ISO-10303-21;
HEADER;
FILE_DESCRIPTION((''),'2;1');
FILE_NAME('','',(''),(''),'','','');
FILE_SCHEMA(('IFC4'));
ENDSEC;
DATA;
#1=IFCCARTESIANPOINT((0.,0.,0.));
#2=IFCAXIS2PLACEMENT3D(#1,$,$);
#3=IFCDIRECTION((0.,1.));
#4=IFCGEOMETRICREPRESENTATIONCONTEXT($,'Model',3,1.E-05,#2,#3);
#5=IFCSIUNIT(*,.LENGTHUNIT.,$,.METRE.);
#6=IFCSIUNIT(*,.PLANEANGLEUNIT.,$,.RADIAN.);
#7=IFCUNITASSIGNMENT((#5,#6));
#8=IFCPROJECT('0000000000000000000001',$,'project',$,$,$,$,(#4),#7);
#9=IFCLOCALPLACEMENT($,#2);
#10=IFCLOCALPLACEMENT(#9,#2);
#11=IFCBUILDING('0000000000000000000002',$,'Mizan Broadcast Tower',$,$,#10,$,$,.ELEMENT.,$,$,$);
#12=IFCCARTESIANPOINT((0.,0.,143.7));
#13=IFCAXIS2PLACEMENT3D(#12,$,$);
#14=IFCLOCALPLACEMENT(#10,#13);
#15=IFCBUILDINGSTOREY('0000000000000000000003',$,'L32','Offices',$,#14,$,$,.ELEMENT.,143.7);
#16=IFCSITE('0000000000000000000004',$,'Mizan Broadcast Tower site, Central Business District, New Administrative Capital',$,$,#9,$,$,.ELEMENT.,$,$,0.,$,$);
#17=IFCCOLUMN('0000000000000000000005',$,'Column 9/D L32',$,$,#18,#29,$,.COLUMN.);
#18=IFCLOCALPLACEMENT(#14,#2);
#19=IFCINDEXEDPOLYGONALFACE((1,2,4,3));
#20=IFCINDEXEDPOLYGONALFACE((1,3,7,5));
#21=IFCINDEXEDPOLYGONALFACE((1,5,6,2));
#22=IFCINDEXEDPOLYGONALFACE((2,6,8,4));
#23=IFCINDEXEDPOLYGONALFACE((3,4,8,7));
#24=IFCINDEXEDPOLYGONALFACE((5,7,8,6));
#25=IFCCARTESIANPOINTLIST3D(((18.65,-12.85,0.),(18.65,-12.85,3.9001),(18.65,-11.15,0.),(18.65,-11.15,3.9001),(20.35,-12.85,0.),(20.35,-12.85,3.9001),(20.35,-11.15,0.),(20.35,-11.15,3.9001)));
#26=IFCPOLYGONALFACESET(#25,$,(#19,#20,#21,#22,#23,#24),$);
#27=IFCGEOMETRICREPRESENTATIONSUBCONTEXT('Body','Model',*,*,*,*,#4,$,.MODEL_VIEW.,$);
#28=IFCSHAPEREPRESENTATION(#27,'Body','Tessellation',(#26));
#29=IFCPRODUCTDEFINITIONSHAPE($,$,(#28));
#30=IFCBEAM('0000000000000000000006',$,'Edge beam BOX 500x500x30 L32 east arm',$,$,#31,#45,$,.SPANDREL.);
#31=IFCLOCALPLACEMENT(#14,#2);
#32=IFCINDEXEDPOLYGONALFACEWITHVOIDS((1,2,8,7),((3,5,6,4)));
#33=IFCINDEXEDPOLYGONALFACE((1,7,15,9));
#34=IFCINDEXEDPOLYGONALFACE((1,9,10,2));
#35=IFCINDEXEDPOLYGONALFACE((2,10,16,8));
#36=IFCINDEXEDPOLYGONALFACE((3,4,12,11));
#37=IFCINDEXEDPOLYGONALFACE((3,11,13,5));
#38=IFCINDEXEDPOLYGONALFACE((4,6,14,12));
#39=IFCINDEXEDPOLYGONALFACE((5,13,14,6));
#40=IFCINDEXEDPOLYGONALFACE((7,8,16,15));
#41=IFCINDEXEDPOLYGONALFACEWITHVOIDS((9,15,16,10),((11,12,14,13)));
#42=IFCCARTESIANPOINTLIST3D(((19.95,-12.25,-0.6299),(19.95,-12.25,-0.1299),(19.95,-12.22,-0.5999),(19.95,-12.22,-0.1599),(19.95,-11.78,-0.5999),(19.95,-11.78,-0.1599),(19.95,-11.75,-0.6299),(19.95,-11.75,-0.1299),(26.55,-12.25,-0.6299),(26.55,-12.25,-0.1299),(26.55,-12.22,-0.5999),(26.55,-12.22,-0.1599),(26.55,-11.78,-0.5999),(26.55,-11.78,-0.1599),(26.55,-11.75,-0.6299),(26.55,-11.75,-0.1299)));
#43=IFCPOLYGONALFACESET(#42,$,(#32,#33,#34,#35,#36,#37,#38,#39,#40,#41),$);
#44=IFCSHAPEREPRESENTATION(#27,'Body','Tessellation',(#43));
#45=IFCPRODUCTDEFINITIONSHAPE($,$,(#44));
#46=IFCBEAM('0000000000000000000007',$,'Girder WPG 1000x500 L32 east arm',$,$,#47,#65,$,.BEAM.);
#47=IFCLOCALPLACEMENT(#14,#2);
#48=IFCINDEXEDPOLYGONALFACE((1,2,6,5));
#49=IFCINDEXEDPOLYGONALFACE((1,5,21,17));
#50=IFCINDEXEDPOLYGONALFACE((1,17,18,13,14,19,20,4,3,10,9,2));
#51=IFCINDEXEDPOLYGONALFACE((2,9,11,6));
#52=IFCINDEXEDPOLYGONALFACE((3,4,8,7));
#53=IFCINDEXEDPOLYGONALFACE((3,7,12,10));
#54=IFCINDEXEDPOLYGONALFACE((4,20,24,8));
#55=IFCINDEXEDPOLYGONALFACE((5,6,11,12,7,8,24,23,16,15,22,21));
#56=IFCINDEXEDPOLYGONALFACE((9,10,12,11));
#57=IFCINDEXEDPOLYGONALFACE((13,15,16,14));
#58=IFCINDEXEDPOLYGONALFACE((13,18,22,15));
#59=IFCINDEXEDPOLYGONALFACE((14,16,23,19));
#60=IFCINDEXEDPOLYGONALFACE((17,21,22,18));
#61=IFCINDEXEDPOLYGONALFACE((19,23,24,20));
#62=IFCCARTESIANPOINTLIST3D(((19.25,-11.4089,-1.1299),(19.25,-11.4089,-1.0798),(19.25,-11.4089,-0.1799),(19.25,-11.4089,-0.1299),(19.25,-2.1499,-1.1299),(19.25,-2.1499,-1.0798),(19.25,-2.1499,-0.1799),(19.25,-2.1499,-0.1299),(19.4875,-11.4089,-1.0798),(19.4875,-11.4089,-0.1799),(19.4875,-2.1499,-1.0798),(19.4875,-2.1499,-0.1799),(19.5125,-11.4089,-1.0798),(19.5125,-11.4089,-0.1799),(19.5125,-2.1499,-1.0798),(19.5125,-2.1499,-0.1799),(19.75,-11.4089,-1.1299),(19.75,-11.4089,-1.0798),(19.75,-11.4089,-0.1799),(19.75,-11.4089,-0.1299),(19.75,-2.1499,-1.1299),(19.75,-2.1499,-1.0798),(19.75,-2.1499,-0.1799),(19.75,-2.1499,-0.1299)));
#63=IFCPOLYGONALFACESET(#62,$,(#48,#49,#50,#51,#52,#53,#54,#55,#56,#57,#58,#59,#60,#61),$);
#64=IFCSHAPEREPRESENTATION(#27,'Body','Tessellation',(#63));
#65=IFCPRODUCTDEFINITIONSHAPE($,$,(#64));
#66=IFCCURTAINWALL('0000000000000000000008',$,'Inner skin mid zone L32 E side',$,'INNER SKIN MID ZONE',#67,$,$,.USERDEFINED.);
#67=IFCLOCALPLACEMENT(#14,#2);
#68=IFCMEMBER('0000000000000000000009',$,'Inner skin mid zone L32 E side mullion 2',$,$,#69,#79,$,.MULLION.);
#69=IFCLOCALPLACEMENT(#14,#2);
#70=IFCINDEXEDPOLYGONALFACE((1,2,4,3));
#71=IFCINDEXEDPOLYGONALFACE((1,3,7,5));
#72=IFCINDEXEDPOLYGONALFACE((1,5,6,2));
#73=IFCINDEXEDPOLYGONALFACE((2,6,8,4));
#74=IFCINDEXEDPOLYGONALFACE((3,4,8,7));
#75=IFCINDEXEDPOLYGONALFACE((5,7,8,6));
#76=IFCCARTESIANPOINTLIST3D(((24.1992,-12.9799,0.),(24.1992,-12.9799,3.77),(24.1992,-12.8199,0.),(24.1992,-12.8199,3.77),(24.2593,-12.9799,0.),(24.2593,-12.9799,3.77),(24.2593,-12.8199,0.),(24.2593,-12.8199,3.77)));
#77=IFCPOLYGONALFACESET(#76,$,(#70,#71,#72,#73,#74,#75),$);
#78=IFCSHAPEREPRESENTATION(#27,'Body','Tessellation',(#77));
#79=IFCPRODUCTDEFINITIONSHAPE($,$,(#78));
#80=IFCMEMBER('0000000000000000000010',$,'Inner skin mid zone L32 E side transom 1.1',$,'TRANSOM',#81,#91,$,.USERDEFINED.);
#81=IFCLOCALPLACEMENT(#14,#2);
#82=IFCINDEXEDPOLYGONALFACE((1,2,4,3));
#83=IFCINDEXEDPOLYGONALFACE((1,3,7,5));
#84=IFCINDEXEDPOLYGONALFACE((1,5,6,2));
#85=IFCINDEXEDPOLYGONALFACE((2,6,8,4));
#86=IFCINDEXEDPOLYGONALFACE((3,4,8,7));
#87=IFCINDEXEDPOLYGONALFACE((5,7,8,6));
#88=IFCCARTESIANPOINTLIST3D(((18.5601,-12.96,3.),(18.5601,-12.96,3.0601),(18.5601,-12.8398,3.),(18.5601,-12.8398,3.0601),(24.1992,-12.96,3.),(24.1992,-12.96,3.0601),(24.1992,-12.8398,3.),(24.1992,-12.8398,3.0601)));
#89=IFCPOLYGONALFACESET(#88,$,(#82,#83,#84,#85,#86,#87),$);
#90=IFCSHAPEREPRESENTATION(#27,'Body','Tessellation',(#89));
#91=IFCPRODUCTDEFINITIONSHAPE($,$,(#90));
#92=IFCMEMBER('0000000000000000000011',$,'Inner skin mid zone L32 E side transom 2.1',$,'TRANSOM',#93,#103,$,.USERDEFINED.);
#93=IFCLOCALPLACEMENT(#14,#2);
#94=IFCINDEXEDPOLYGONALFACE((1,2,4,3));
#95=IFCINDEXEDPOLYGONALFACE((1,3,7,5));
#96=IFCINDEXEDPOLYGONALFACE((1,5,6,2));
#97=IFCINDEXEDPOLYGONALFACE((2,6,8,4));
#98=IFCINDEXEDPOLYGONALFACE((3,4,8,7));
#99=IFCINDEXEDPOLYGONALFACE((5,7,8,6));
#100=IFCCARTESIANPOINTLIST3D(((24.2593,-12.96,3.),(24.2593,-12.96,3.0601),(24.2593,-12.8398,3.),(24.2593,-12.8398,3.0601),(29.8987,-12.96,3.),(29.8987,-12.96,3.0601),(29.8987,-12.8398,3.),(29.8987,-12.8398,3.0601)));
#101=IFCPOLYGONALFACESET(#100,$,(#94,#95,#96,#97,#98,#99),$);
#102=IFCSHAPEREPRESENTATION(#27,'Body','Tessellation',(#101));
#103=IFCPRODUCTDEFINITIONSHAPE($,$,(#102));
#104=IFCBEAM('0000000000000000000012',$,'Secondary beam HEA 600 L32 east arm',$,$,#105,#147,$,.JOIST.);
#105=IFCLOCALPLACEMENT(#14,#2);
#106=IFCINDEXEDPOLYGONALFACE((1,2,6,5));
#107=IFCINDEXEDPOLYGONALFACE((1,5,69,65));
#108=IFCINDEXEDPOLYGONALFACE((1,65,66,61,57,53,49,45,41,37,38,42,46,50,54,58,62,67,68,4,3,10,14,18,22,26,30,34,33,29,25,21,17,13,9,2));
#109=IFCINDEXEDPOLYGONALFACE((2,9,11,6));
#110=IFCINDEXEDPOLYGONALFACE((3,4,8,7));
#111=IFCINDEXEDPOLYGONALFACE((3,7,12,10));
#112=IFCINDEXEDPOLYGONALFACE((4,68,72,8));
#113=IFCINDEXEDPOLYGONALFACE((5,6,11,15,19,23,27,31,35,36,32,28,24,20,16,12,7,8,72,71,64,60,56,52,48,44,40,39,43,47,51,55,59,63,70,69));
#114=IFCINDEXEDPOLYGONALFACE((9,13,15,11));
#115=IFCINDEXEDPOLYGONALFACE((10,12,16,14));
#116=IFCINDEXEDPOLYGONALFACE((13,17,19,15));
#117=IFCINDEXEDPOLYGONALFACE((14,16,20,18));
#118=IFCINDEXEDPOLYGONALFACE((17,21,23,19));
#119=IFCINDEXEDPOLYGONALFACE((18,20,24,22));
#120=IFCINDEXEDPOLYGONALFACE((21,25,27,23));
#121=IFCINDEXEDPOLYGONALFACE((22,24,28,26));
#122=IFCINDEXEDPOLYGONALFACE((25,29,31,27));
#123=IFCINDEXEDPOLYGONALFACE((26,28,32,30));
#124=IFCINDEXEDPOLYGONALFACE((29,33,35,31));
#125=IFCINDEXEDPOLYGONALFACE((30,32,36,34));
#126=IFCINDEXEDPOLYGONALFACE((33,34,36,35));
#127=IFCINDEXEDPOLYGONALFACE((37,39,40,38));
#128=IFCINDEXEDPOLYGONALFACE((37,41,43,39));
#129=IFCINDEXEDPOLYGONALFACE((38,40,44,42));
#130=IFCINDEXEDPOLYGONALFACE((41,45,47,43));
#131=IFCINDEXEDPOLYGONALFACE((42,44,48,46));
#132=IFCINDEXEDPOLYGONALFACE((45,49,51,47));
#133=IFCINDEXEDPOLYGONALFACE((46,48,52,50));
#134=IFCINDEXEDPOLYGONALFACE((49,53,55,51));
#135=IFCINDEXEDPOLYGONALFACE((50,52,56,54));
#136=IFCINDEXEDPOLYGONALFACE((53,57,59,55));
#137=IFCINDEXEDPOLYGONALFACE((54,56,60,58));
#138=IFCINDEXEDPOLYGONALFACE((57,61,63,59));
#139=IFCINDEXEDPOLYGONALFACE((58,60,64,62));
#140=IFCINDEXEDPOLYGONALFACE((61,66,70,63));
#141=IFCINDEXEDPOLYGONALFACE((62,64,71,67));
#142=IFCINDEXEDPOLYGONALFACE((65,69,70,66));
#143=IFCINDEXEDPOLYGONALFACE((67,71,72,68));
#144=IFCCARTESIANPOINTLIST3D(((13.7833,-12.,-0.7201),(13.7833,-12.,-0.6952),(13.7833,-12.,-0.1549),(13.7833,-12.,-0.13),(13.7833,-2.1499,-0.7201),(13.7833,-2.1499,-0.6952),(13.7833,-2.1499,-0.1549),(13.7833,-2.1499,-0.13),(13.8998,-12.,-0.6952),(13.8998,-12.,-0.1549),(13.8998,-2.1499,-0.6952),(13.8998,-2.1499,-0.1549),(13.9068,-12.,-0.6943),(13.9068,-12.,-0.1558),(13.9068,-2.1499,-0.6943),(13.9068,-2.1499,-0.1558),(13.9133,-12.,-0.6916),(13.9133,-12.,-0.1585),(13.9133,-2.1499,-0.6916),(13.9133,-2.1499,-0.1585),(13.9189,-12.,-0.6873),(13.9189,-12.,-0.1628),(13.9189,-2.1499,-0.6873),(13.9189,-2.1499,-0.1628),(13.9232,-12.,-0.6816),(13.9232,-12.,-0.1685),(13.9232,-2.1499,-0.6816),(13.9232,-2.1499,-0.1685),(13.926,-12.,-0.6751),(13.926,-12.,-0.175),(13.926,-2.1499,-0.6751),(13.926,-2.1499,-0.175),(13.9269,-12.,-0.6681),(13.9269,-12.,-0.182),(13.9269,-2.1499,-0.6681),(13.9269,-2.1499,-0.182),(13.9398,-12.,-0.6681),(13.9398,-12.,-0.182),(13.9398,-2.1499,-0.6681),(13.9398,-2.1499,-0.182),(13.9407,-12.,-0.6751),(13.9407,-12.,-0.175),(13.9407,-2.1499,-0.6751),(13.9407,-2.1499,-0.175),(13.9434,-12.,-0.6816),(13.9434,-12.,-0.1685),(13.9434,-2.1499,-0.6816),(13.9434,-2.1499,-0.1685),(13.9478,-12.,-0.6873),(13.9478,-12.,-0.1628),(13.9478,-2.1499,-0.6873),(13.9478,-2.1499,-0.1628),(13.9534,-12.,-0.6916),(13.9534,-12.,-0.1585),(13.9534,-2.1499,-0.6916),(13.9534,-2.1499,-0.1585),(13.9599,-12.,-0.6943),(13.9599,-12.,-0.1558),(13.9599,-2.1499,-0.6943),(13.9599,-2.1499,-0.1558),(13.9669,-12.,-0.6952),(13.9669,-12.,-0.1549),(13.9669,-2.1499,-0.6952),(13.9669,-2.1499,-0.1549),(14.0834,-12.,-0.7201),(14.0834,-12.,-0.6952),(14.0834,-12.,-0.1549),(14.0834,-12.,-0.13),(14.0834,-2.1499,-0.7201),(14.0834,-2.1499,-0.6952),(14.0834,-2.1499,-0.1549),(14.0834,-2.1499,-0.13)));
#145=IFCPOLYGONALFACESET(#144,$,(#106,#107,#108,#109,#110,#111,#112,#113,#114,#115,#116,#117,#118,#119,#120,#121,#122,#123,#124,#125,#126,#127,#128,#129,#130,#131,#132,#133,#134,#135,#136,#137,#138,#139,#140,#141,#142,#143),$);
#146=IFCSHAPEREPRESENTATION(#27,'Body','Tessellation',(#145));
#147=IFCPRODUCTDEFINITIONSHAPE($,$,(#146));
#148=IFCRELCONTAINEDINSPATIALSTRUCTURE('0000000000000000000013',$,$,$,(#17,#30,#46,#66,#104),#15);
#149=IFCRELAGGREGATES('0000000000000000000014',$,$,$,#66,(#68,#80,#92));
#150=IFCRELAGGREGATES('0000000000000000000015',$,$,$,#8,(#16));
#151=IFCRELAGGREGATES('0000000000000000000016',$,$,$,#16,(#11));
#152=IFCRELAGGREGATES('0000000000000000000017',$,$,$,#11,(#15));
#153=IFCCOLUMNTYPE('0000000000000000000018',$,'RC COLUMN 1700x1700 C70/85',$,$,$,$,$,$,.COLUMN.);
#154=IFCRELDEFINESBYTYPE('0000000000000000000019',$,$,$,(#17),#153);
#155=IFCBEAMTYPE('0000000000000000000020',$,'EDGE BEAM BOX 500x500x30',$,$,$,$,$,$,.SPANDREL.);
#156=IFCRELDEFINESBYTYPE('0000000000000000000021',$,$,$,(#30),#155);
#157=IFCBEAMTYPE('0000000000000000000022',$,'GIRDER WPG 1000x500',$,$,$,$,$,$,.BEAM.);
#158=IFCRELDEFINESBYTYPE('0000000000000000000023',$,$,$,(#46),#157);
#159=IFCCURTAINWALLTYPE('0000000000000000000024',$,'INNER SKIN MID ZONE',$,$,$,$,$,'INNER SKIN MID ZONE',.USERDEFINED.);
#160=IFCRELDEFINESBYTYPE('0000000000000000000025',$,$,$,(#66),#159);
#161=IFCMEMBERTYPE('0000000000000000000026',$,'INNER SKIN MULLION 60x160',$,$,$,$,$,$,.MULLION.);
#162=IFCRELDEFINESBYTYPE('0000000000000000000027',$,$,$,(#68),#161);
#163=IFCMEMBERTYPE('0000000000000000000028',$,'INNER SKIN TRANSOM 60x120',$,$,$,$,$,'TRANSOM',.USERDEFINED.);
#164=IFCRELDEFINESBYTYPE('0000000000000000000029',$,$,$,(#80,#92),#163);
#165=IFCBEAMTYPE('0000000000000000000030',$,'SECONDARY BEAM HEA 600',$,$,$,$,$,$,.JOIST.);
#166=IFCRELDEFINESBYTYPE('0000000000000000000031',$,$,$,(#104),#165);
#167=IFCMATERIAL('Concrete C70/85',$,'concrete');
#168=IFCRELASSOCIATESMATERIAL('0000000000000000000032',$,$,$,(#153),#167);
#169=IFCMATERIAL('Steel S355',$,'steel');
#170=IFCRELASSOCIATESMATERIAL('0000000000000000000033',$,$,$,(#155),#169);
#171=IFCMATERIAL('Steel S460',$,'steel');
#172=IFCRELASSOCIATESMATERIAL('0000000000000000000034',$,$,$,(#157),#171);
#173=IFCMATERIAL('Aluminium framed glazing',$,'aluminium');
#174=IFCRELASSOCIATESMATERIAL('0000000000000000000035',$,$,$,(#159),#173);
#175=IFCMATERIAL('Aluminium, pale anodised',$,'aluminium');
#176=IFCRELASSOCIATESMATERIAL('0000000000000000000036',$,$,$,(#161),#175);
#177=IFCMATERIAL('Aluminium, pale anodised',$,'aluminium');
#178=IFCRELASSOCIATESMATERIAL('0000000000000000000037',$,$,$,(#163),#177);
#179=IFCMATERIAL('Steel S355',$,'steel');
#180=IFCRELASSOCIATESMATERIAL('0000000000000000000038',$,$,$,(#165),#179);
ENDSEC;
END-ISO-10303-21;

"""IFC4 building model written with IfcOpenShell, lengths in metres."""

from ifc_helpers import new_model, si_unit, direction, frame, origin, origin_2d, place, context, subcontext, project, spatial, rectangle, hollow_rectangle, i_section, extrude, material, material_profile, profile_set, type_object, element, aggregate, save


model = new_model("IFC4")

# Units and contexts
model_context = context("Model", 3, precision=1e-05, world=origin(), true_north=direction((0.0, 1.0)))
body_context = subcontext(model_context, "Body", "Model", "MODEL_VIEW")
ifc_project = project(units=[si_unit("LENGTHUNIT", "METRE"), si_unit("PLANEANGLEUNIT", "RADIAN")], contexts=[model_context])

# Site, building, storey
site_placement = place(None, origin())
site = spatial("IfcSite", under=ifc_project, at=site_placement, Name="Mizan Broadcast Tower site, Central Business District, New Administrative Capital", CompositionType="ELEMENT", RefElevation=0.0)
building_placement = place(site_placement, origin())
building = spatial("IfcBuilding", under=site, at=building_placement, Name="Mizan Broadcast Tower", CompositionType="ELEMENT")
storey_placement = place(building_placement, frame((0.0, 0.0, 143.7)))
storey = spatial("IfcBuildingStorey", under=building, at=storey_placement, Name="L32", Description="Offices", CompositionType="ELEMENT", Elevation=143.7)

# Column
ifc_material_1 = material(Name="Concrete C70/85", Category="concrete")
ifc_material_profile_1 = material_profile(ifc_material_1, rectangle(XDim=1.7, YDim=1.7, at=origin_2d()), Name="RC 1700x1700")
ifc_profile_set_1 = profile_set([ifc_material_profile_1], Name="Concrete C70/85")
column_type = type_object("IfcColumnType", Name="RC COLUMN 1700x1700 C70/85", PredefinedType="COLUMN", material=ifc_profile_set_1)
column_placement = place(storey_placement, frame((19.5, -12.0, 0.0), z_axis=(0.0, 0.0, 1.0), x_axis=(1.0, 0.0, 0.0)))
element("IfcColumn", 1, at=column_placement, inside=storey, type_object=column_type, Name="Column 9/D L32", PredefinedType="COLUMN", context=body_context, shape_type="SweptSolid", body=[
    extrude(rectangle(XDim=1.7, YDim=1.7, at=origin_2d()), origin(), (0.0, 0.0, 1.0), 3.9001),
])

# Beams
ifc_material_2 = material(Name="Steel S355", Category="steel")
ifc_material_profile_2 = material_profile(ifc_material_2, hollow_rectangle(XDim=0.5, YDim=0.5, WallThickness=0.03, at=origin_2d()), Name="BOX 500x500x30")
ifc_profile_set_2 = profile_set([ifc_material_profile_2], Name="Steel S355")
beam_type_1 = type_object("IfcBeamType", Name="EDGE BEAM BOX 500x500x30", PredefinedType="SPANDREL", material=ifc_profile_set_2)
beam_1_placement = place(storey_placement, frame((19.95, -12.0, -0.3799), z_axis=(1.0, 0.0, 0.0), x_axis=(0.0, 1.0, 0.0)))
element("IfcBeam", 2, at=beam_1_placement, inside=storey, type_object=beam_type_1, Name="Edge beam BOX 500x500x30 L32 east arm", PredefinedType="SPANDREL", context=body_context, shape_type="SweptSolid", body=[
    extrude(hollow_rectangle(XDim=0.5, YDim=0.5, WallThickness=0.03, at=origin_2d()), origin(), (0.0, 0.0, 1.0), 6.6001),
])
ifc_material_3 = material(Name="Steel S460", Category="steel")
ifc_material_profile_3 = material_profile(ifc_material_3, i_section(OverallWidth=0.5, OverallDepth=1.0, WebThickness=0.0249, FlangeThickness=0.05, at=origin_2d()), Name="WPG 1000x500")
ifc_profile_set_3 = profile_set([ifc_material_profile_3], Name="Steel S460")
beam_type_2 = type_object("IfcBeamType", Name="GIRDER WPG 1000x500", PredefinedType="BEAM", material=ifc_profile_set_3)
beam_2_placement = place(storey_placement, frame((19.5, -11.4089, -0.6299), z_axis=(0.0, 1.0, 0.0), x_axis=(-1.0, 0.0, 0.0)))
element("IfcBeam", 3, at=beam_2_placement, inside=storey, type_object=beam_type_2, Name="Girder WPG 1000x500 L32 east arm", PredefinedType="BEAM", context=body_context, shape_type="SweptSolid", body=[
    extrude(i_section(OverallWidth=0.5, OverallDepth=1.0, WebThickness=0.0249, FlangeThickness=0.05, at=origin_2d()), origin(), (0.0, 0.0, 1.0), 9.259),
])

# Curtain wall, members
ifc_material_4 = material(Name="Aluminium framed glazing", Category="aluminium")
curtain_wall_type = type_object("IfcCurtainWallType", Name="INNER SKIN MID ZONE", ElementType="INNER SKIN MID ZONE", PredefinedType="USERDEFINED", material=ifc_material_4)
curtain_wall_placement = place(storey_placement, origin())
curtain_wall = element("IfcCurtainWall", 4, at=curtain_wall_placement, inside=storey, type_object=curtain_wall_type, Name="Inner skin mid zone L32 E side", ObjectType="INNER SKIN MID ZONE", PredefinedType="USERDEFINED")
ifc_material_5 = material(Name="Aluminium, pale anodised", Category="aluminium")
ifc_material_profile_4 = material_profile(ifc_material_5, rectangle(XDim=0.1599, YDim=0.0601, at=origin_2d()), Name="MULLION 160x60")
ifc_profile_set_4 = profile_set([ifc_material_profile_4], Name="Aluminium, pale anodised")
member_type_1 = type_object("IfcMemberType", Name="INNER SKIN MULLION 60x160", PredefinedType="MULLION", material=ifc_profile_set_4)
member_1_placement = place(storey_placement, frame((24.2292, -12.8999, 0.0), z_axis=(0.0, 0.0, 1.0), x_axis=(0.0, 1.0, 0.0)))
member_1 = element("IfcMember", 5, at=member_1_placement, type_object=member_type_1, Name="Inner skin mid zone L32 E side mullion 2", PredefinedType="MULLION", context=body_context, shape_type="SweptSolid", body=[
    extrude(rectangle(XDim=0.1599, YDim=0.0601, at=origin_2d()), origin(), (0.0, 0.0, 1.0), 3.77),
])
ifc_material_6 = material(Name="Aluminium, pale anodised", Category="aluminium")
ifc_material_profile_5 = material_profile(ifc_material_6, rectangle(XDim=0.1201, YDim=0.0601, at=origin_2d()), Name="TRANSOM 120x60")
ifc_profile_set_5 = profile_set([ifc_material_profile_5], Name="Aluminium, pale anodised")
member_type_2 = type_object("IfcMemberType", Name="INNER SKIN TRANSOM 60x120", ElementType="TRANSOM", PredefinedType="USERDEFINED", material=ifc_profile_set_5)
member_2_placement = place(storey_placement, frame((18.5601, -12.8999, 3.03), z_axis=(1.0, 0.0, 0.0), x_axis=(0.0, 1.0, 0.0)))
member_2 = element("IfcMember", 6, at=member_2_placement, type_object=member_type_2, Name="Inner skin mid zone L32 E side transom 1.1", ObjectType="TRANSOM", PredefinedType="USERDEFINED", context=body_context, shape_type="SweptSolid", body=[
    extrude(rectangle(XDim=0.1201, YDim=0.0601, at=origin_2d()), origin(), (0.0, 0.0, 1.0), 5.6392),
])
member_3_placement = place(storey_placement, frame((24.2593, -12.8999, 3.03), z_axis=(1.0, 0.0, 0.0), x_axis=(0.0, 1.0, 0.0)))
member_3 = element("IfcMember", 7, at=member_3_placement, type_object=member_type_2, Name="Inner skin mid zone L32 E side transom 2.1", ObjectType="TRANSOM", PredefinedType="USERDEFINED", context=body_context, shape_type="SweptSolid", body=[
    extrude(rectangle(XDim=0.1201, YDim=0.0601, at=origin_2d()), origin(), (0.0, 0.0, 1.0), 5.6394),
])

# Beam
ifc_material_7 = material(Name="Steel S355", Category="steel")
ifc_material_profile_6 = material_profile(ifc_material_7, i_section(OverallWidth=0.3, OverallDepth=0.5901, WebThickness=0.0129, FlangeThickness=0.0249, FilletRadius=0.0271, at=origin_2d()), Name="HEA 600")
ifc_profile_set_6 = profile_set([ifc_material_profile_6], Name="Steel S355")
beam_type_3 = type_object("IfcBeamType", Name="SECONDARY BEAM HEA 600", PredefinedType="JOIST", material=ifc_profile_set_6)
for number, where, z_axis, x_axis, name in (
    (8, (13.9333, -12.0, -0.425), (0.0, 1.0, 0.0), (-1.0, 0.0, 0.0), "Secondary beam HEA 600 L32 east arm"),
):
    element("IfcBeam", number, at=place(storey_placement, frame(where, z_axis=z_axis, x_axis=x_axis)), inside=storey, type_object=beam_type_3, Name=name, PredefinedType="JOIST", context=body_context, shape_type="SweptSolid", body=[
        extrude(i_section(OverallWidth=0.3, OverallDepth=0.5901, WebThickness=0.0129, FlangeThickness=0.0249, FilletRadius=0.0271, at=origin_2d()), origin(), (0.0, 0.0, 1.0), 9.8501),
    ])

aggregate(curtain_wall, [member_1, member_2, member_3])

save(model, "model.ifc")
